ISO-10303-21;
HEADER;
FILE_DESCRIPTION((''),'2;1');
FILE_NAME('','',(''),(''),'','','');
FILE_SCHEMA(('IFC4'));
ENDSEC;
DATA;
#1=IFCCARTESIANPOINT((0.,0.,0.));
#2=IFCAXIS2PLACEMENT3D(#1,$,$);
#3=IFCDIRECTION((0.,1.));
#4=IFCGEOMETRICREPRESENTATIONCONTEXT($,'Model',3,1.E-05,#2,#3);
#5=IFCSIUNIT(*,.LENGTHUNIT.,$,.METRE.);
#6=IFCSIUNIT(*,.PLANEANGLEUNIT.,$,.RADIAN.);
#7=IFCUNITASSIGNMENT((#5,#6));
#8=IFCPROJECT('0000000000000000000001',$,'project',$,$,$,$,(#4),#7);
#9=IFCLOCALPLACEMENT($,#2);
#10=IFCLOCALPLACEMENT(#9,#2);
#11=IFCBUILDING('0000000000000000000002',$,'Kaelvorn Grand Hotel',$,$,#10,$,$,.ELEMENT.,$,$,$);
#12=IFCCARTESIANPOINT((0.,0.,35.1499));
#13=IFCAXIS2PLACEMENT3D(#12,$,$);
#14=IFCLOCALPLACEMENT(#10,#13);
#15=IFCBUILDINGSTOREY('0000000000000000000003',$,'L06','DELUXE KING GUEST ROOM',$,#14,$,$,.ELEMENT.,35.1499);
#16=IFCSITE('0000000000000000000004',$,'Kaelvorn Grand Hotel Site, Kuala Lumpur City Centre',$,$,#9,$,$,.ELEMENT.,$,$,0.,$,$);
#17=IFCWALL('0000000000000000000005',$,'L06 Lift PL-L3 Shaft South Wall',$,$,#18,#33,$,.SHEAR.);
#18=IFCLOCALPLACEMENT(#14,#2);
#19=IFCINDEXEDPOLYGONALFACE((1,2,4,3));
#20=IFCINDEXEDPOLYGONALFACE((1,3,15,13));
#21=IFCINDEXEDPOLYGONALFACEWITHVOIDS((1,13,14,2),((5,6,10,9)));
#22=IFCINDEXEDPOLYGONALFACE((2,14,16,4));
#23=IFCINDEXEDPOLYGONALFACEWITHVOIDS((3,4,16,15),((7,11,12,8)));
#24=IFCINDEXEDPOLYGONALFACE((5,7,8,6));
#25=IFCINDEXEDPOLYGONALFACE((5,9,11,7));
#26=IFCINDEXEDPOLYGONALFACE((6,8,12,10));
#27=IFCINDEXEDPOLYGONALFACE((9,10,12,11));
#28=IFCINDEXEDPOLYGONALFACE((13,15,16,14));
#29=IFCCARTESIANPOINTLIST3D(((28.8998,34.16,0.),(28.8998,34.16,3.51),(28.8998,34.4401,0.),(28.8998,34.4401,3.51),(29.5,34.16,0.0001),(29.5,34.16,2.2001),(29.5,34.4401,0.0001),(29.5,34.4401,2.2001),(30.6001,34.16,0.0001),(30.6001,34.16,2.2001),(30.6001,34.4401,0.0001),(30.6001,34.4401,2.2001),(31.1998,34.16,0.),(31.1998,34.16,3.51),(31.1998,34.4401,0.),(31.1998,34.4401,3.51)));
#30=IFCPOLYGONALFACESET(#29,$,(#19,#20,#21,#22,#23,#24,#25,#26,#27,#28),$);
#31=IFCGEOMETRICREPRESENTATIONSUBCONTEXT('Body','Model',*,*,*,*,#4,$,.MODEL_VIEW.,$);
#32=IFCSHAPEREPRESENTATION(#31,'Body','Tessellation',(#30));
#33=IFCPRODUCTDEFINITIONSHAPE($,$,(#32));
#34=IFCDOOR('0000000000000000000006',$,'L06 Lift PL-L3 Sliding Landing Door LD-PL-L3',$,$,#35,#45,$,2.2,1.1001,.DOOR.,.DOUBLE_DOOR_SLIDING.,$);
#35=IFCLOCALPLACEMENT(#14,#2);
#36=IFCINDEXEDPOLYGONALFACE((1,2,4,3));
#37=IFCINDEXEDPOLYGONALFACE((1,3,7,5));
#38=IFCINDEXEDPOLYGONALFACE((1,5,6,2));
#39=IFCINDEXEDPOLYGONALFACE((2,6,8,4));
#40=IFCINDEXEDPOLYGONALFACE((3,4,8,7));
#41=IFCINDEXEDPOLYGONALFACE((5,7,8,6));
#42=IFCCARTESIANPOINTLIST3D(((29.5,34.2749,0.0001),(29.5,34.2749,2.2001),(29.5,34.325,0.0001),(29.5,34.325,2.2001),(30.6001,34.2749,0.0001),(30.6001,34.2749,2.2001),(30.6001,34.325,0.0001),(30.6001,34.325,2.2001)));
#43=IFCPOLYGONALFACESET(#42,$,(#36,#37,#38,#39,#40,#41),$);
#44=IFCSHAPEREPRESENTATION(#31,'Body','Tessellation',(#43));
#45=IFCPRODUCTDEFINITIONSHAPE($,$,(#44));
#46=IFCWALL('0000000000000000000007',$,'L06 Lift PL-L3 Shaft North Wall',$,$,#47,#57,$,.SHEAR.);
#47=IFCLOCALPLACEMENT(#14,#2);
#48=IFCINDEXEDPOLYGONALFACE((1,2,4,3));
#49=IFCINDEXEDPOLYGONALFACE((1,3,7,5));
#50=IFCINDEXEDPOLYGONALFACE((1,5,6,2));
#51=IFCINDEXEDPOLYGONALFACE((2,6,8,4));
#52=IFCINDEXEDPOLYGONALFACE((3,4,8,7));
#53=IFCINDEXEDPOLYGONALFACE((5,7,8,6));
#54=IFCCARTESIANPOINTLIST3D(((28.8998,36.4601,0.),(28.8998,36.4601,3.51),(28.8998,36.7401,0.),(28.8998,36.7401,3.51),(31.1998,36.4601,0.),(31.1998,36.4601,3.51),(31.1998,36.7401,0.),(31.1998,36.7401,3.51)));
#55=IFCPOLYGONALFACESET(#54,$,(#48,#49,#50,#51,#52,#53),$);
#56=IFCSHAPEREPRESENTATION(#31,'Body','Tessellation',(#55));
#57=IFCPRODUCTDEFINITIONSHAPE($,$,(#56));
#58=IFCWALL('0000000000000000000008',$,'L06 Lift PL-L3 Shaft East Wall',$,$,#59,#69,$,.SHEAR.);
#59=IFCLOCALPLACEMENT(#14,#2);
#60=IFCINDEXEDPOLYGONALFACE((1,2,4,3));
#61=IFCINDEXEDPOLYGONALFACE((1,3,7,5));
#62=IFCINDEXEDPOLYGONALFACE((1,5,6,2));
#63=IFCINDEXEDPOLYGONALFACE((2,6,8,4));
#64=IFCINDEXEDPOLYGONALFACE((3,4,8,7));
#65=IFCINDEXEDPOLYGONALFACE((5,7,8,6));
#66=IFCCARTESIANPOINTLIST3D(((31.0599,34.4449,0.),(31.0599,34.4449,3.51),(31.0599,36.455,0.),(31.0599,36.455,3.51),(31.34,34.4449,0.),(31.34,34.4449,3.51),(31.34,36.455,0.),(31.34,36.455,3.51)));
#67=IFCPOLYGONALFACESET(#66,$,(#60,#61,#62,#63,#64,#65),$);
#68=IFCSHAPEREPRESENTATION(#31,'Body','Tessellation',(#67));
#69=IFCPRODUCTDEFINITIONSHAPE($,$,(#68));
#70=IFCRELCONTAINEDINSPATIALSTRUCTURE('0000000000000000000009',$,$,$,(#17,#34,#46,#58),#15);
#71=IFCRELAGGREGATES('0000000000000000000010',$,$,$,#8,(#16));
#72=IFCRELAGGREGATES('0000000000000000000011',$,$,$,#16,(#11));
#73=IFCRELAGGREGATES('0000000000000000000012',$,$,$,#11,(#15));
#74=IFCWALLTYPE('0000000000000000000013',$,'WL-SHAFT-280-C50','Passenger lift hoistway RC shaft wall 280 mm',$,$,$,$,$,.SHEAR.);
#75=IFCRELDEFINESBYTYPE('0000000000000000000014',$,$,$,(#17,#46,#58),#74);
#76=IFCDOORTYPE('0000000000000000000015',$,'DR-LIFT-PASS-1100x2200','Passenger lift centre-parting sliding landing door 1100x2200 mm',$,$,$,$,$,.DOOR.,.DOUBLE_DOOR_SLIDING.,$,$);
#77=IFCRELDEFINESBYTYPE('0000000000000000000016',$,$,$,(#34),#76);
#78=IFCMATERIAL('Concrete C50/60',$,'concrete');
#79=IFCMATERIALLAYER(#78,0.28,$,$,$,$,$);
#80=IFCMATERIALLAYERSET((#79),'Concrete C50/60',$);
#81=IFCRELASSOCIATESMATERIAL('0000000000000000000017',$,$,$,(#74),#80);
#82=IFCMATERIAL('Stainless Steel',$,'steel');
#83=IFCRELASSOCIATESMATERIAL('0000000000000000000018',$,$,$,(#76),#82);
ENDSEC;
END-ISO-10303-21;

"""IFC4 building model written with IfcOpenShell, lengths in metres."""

from ifc_helpers import new_model, si_unit, direction, frame, frame_2d, origin, place, context, subcontext, project, spatial, rectangle, extrude, material, layer, layer_set, type_object, element, fill, save


model = new_model("IFC4")

# Units and contexts
model_context = context("Model", 3, precision=1e-05, world=origin(), true_north=direction((0.0, 1.0)))
body_context = subcontext(model_context, "Body", "Model", "MODEL_VIEW")
ifc_project = project(units=[si_unit("LENGTHUNIT", "METRE"), si_unit("PLANEANGLEUNIT", "RADIAN")], contexts=[model_context])

# Site, building, storey
site_placement = place(None, origin())
site = spatial("IfcSite", under=ifc_project, at=site_placement, Name="Kaelvorn Grand Hotel Site, Kuala Lumpur City Centre", CompositionType="ELEMENT", RefElevation=0.0)
building_placement = place(site_placement, origin())
building = spatial("IfcBuilding", under=site, at=building_placement, Name="Kaelvorn Grand Hotel", CompositionType="ELEMENT")
storey_placement = place(building_placement, frame((0.0, 0.0, 35.1499)))
storey = spatial("IfcBuildingStorey", under=building, at=storey_placement, Name="L06", Description="DELUXE KING GUEST ROOM", CompositionType="ELEMENT", Elevation=35.1499)

# Shared definitions
ifc_material_1 = material(Name="Concrete C50/60", Category="concrete")
ifc_layer_1 = layer(ifc_material_1, 0.28)
ifc_layer_set_1 = layer_set([ifc_layer_1], Name="Concrete C50/60")
wall_type_1 = type_object("IfcWallType", Name="WL-SHAFT-280-C50", Description="Passenger lift hoistway RC shaft wall 280 mm", PredefinedType="SHEAR", material=ifc_layer_set_1)
ifc_material_2 = material(Name="Stainless Steel", Category="steel")
door_type_1 = type_object("IfcDoorType", Name="DR-LIFT-PASS-1100x2200", Description="Passenger lift centre-parting sliding landing door 1100x2200 mm", OperationType="DOUBLE_DOOR_SLIDING", PredefinedType="DOOR", material=ifc_material_2)

# Wall, opening, door
wall_1_placement = place(storey_placement, frame((28.8999, 34.3, 0.0), z_axis=(0.0, 0.0, 1.0), x_axis=(1.0, 0.0, 0.0)))
wall_1 = element("IfcWall", 1, at=wall_1_placement, inside=storey, type_object=wall_type_1, Name="L06 Lift PL-L3 Shaft South Wall", PredefinedType="SHEAR", context=body_context, shape_type="SweptSolid", body=[
    extrude(rectangle(XDim=2.3, YDim=0.28, at=frame_2d((1.1499, 0.0))), origin(), (0.0, 0.0, 1.0), 3.51),
])
opening_1_placement = place(wall_1_placement, frame((0.6001, 0.0, 0.0)))
opening_1 = element("IfcOpeningElement", 2, at=opening_1_placement, cuts=wall_1, PredefinedType="OPENING", context=body_context, shape_type="SweptSolid", body=[
    extrude(rectangle(XDim=1.1001, YDim=2.2, at=frame_2d((0.55, 1.1001))), frame((0.0, 0.1499, 0.0), z_axis=(0.0, -1.0, 0.0), x_axis=(1.0, 0.0, 0.0)), (0.0, 0.0, 1.0), 0.3),
])
door_1_placement = place(opening_1_placement, origin())
door_1 = element("IfcDoor", 3, at=door_1_placement, inside=storey, type_object=door_type_1, Name="L06 Lift PL-L3 Sliding Landing Door LD-PL-L3", OperationType="DOUBLE_DOOR_SLIDING", OverallHeight=2.2, OverallWidth=1.1001, PredefinedType="DOOR", context=body_context, shape_type="SweptSolid", body=[
    extrude(rectangle(XDim=1.1001, YDim=2.2, at=frame_2d((0.55, 1.1001))), frame((0.0, 0.0249, 0.0), z_axis=(0.0, -1.0, 0.0), x_axis=(1.0, 0.0, 0.0)), (0.0, 0.0, 1.0), 0.05),
])
fill(opening_1, door_1)

# Walls
wall_2_placement = place(storey_placement, frame((28.8999, 36.6001, 0.0), z_axis=(0.0, 0.0, 1.0), x_axis=(1.0, 0.0, 0.0)))
element("IfcWall", 4, at=wall_2_placement, inside=storey, type_object=wall_type_1, Name="L06 Lift PL-L3 Shaft North Wall", PredefinedType="SHEAR", context=body_context, shape_type="SweptSolid", body=[
    extrude(rectangle(XDim=2.3, YDim=0.28, at=frame_2d((1.1499, 0.0))), origin(), (0.0, 0.0, 1.0), 3.51),
])
wall_3_placement = place(storey_placement, frame((31.2, 34.4451, 0.0), z_axis=(0.0, 0.0, 1.0), x_axis=(0.0, 1.0, 0.0)))
element("IfcWall", 5, at=wall_3_placement, inside=storey, type_object=wall_type_1, Name="L06 Lift PL-L3 Shaft East Wall", PredefinedType="SHEAR", context=body_context, shape_type="SweptSolid", body=[
    extrude(rectangle(XDim=2.01, YDim=0.28, at=frame_2d((1.0049, 0.0))), origin(), (0.0, 0.0, 1.0), 3.51),
])

save(model, "model.ifc")
